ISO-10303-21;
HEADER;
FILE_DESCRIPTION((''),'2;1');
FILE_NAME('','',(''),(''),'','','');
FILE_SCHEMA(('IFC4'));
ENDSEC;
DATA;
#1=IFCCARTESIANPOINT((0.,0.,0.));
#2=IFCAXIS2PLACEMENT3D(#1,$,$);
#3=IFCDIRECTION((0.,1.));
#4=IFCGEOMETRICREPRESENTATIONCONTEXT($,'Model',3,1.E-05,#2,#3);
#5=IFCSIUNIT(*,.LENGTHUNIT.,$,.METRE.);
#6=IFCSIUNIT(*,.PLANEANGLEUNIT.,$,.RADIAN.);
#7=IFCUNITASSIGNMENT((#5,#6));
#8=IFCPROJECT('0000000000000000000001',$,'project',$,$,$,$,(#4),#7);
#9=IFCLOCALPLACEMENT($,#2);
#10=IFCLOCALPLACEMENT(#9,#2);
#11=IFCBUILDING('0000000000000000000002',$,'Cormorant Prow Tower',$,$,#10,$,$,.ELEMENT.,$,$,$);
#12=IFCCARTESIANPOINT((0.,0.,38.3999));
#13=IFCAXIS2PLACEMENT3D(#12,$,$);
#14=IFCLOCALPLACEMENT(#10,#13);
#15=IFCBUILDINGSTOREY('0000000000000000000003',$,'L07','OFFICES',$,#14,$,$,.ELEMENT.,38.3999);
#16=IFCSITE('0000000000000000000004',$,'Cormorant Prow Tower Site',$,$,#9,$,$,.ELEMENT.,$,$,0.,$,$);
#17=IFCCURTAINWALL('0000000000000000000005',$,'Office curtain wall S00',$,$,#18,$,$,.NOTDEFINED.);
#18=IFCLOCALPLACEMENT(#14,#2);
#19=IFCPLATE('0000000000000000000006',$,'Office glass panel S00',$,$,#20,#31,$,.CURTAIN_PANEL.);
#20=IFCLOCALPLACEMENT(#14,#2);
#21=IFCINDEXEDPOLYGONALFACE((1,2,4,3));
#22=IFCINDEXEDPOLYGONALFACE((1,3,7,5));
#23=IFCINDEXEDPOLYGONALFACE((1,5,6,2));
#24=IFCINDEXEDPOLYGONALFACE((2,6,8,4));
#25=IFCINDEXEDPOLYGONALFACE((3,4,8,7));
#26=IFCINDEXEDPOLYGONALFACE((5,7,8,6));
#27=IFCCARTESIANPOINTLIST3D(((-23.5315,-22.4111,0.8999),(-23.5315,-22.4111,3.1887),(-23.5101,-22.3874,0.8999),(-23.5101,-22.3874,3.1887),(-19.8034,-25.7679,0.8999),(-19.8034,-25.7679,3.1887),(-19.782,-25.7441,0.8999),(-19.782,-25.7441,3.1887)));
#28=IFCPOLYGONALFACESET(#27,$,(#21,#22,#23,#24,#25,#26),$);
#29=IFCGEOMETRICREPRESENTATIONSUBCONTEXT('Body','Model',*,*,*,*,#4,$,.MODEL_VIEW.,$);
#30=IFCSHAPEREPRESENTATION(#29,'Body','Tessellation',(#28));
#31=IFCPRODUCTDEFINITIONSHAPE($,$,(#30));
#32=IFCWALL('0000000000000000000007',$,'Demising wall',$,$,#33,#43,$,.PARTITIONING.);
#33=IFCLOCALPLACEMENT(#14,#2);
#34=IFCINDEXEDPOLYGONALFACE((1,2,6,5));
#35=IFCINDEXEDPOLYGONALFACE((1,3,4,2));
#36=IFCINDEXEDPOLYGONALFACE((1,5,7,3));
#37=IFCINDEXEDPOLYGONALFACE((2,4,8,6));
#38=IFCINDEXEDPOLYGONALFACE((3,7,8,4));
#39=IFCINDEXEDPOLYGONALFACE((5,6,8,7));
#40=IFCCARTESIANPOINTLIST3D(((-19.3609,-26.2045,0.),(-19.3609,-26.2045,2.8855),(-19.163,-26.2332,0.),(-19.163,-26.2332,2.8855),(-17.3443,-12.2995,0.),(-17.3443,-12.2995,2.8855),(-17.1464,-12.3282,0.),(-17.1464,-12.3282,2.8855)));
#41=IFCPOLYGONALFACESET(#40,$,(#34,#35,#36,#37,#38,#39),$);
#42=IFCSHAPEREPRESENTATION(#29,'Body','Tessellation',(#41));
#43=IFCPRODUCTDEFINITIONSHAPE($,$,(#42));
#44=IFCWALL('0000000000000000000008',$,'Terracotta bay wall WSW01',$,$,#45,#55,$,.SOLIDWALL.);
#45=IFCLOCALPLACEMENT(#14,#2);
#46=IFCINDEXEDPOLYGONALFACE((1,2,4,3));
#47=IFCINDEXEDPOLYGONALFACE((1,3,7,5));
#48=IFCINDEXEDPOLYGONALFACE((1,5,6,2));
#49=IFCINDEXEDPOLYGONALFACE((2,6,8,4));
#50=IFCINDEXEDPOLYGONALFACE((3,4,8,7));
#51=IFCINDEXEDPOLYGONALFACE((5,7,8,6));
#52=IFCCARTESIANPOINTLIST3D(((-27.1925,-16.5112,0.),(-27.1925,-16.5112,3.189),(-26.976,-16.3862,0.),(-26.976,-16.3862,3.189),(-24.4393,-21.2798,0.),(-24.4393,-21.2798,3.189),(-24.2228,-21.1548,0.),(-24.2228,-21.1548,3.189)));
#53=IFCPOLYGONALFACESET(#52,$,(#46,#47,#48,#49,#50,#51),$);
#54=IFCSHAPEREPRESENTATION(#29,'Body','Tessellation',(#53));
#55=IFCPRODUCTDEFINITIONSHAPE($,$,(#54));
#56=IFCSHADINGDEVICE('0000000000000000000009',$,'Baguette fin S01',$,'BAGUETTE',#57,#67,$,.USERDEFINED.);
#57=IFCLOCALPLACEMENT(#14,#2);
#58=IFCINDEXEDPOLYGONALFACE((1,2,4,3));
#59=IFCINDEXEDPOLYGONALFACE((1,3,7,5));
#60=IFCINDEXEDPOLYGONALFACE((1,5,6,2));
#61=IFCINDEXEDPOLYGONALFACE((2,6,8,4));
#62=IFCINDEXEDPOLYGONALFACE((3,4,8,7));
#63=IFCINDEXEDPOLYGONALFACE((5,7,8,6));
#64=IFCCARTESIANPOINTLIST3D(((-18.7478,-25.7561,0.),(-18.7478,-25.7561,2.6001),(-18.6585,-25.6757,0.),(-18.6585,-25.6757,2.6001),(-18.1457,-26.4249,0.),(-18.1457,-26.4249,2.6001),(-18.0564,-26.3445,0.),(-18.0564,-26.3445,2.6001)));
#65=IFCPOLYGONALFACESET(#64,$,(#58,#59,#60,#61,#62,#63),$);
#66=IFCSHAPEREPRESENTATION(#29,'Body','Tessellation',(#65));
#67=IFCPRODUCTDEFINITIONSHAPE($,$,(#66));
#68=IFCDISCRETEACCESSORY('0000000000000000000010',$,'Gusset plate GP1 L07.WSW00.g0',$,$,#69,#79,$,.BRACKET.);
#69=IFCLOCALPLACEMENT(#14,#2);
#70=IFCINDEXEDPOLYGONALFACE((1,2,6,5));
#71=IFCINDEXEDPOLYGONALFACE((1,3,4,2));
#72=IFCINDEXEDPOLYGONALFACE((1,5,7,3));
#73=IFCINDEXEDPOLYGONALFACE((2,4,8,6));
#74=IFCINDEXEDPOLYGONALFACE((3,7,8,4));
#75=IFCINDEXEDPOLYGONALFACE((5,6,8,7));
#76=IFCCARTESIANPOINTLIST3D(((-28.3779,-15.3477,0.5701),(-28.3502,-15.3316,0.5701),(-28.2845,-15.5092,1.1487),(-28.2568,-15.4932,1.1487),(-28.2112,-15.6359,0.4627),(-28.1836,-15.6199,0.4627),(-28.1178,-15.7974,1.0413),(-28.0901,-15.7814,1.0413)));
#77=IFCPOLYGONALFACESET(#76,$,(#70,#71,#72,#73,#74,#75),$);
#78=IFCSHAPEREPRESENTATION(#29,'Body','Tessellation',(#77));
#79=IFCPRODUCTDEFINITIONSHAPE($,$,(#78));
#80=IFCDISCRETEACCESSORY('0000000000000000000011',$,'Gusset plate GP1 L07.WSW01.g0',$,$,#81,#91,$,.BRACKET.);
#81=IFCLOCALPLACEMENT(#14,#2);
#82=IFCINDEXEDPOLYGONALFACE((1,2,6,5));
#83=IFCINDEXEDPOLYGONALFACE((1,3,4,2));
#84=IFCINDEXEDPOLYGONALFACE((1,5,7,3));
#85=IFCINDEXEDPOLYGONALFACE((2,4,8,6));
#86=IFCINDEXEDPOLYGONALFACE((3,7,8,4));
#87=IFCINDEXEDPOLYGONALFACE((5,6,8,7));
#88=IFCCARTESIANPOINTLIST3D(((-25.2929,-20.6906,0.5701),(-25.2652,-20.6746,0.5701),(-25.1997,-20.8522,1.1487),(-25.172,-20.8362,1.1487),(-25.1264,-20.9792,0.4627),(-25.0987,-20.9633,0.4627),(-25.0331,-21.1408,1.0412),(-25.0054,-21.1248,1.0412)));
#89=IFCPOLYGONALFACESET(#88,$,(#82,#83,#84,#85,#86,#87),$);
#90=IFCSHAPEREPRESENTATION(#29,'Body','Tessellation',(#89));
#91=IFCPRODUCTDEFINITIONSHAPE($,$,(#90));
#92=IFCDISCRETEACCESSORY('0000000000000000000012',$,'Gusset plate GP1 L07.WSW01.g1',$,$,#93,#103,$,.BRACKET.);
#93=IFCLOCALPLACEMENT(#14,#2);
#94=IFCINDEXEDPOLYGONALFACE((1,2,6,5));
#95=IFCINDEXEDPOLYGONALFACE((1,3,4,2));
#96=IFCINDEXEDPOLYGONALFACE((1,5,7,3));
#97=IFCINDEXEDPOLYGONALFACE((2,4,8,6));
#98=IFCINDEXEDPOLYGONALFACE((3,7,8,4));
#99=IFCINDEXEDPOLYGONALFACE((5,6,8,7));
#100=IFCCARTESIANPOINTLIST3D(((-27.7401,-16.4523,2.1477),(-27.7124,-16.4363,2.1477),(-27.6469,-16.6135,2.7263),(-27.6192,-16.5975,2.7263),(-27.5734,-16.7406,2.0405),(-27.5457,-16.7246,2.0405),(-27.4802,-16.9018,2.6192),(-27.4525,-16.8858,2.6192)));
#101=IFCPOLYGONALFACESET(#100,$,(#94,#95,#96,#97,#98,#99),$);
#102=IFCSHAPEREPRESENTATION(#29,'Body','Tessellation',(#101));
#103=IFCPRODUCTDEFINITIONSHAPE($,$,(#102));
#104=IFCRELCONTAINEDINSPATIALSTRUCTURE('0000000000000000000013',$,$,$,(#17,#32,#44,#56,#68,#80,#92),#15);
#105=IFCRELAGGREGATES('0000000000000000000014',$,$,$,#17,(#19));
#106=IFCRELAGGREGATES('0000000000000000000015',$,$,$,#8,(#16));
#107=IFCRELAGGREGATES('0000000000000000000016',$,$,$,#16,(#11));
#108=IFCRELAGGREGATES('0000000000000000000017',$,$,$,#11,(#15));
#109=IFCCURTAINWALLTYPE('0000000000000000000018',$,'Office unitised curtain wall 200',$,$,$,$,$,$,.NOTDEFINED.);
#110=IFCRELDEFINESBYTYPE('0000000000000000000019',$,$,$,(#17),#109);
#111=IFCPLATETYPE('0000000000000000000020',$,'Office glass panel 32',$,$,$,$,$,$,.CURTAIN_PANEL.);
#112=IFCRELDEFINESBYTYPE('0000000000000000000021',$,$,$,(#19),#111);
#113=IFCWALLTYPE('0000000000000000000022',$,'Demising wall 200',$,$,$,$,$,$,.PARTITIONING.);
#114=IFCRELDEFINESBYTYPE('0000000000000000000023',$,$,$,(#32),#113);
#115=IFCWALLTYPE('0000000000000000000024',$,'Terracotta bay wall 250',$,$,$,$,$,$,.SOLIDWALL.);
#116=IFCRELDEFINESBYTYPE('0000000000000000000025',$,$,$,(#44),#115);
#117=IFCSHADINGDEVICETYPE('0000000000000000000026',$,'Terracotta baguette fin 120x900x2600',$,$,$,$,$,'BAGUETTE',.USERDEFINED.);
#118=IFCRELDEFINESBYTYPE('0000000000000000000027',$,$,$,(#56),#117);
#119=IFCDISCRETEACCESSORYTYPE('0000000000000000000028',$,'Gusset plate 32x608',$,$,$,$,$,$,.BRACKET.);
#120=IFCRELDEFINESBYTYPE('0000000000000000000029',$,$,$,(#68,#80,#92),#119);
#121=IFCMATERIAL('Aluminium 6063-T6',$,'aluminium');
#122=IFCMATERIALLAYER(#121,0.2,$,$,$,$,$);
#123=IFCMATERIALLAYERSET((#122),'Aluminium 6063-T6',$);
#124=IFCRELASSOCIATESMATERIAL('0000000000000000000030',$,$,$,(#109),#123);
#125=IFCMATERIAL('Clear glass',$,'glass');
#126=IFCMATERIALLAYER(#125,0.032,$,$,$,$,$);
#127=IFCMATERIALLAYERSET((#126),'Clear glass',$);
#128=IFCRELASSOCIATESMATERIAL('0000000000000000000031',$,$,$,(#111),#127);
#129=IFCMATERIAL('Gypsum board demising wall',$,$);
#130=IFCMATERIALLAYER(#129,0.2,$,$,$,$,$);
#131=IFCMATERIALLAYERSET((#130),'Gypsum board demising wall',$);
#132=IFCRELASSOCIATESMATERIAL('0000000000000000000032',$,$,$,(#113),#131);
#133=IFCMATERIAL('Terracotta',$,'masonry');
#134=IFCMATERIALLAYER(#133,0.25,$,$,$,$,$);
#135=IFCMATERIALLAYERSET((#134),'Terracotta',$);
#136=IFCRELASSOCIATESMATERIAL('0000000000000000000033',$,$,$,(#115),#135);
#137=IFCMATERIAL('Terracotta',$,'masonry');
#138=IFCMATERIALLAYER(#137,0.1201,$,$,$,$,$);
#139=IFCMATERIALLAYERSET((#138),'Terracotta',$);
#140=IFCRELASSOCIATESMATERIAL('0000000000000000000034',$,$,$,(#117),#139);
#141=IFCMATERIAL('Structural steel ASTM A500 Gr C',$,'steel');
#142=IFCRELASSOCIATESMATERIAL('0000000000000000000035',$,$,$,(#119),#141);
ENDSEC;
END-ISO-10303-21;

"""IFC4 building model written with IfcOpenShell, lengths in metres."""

from ifc_helpers import new_model, si_unit, direction, frame, frame_2d, origin, origin_2d, place, context, subcontext, project, spatial, rectangle, extrude, material, layer, layer_set, material_profile, profile_set, type_object, element, aggregate, save


model = new_model("IFC4")

# Units and contexts
model_context = context("Model", 3, precision=1e-05, world=origin(), true_north=direction((0.0, 1.0)))
body_context = subcontext(model_context, "Body", "Model", "MODEL_VIEW")
ifc_project = project(units=[si_unit("LENGTHUNIT", "METRE"), si_unit("PLANEANGLEUNIT", "RADIAN")], contexts=[model_context])

# Site, building, storey
site_placement = place(None, origin())
site = spatial("IfcSite", under=ifc_project, at=site_placement, Name="Cormorant Prow Tower Site", CompositionType="ELEMENT", RefElevation=0.0)
building_placement = place(site_placement, origin())
building = spatial("IfcBuilding", under=site, at=building_placement, Name="Cormorant Prow Tower", CompositionType="ELEMENT")
storey_placement = place(building_placement, frame((0.0, 0.0, 38.3999)))
storey = spatial("IfcBuildingStorey", under=building, at=storey_placement, Name="L07", Description="OFFICES", CompositionType="ELEMENT", Elevation=38.3999)

# Curtain wall
ifc_material_1 = material(Name="Aluminium 6063-T6", Category="aluminium")
ifc_layer_1 = layer(ifc_material_1, 0.2)
ifc_layer_set_1 = layer_set([ifc_layer_1], Name="Aluminium 6063-T6")
curtain_wall_type = type_object("IfcCurtainWallType", Name="Office unitised curtain wall 200", PredefinedType="NOTDEFINED", material=ifc_layer_set_1)
curtain_wall_placement = place(storey_placement, origin())
curtain_wall = element("IfcCurtainWall", 1, at=curtain_wall_placement, inside=storey, type_object=curtain_wall_type, Name="Office curtain wall S00", PredefinedType="NOTDEFINED")

# Plate
ifc_material_2 = material(Name="Clear glass", Category="glass")
ifc_layer_2 = layer(ifc_material_2, 0.032)
ifc_layer_set_2 = layer_set([ifc_layer_2], Name="Clear glass")
plate_type = type_object("IfcPlateType", Name="Office glass panel 32", PredefinedType="CURTAIN_PANEL", material=ifc_layer_set_2)
plate_placement = place(storey_placement, frame((-21.6567, -24.0776, 0.8999), z_axis=(0.0, 0.0, 1.0), x_axis=(0.743145, -0.669131, 0.0)))
plate = element("IfcPlate", 2, at=plate_placement, type_object=plate_type, Name="Office glass panel S00", PredefinedType="CURTAIN_PANEL", context=body_context, shape_type="SweptSolid", body=[
    extrude(rectangle(XDim=5.0166, YDim=0.032, at=origin_2d()), origin(), (0.0, 0.0, 1.0), 2.2888),
])
aggregate(curtain_wall, [plate])

# Walls
ifc_material_3 = material(Name="Gypsum board demising wall")
ifc_layer_3 = layer(ifc_material_3, 0.2)
ifc_layer_set_3 = layer_set([ifc_layer_3], Name="Gypsum board demising wall")
wall_type_1 = type_object("IfcWallType", Name="Demising wall 200", PredefinedType="PARTITIONING", material=ifc_layer_set_3)
wall_1_placement = place(storey_placement, frame((-19.262, -26.219, 0.0), z_axis=(0.0, 0.0, 1.0), x_axis=(0.143525, 0.989647, 0.0)))
element("IfcWall", 3, at=wall_1_placement, inside=storey, type_object=wall_type_1, Name="Demising wall", PredefinedType="PARTITIONING", context=body_context, shape_type="SweptSolid", body=[
    extrude(rectangle(XDim=14.0505, YDim=0.2, at=frame_2d((7.0254, 0.0))), origin(), (0.0, 0.0, 1.0), 2.8855),
])
ifc_material_4 = material(Name="Terracotta", Category="masonry")
ifc_layer_4 = layer(ifc_material_4, 0.25)
ifc_layer_set_4 = layer_set([ifc_layer_4], Name="Terracotta")
wall_type_2 = type_object("IfcWallType", Name="Terracotta bay wall 250", PredefinedType="SOLIDWALL", material=ifc_layer_set_4)
wall_2_placement = place(storey_placement, frame((-27.0842, -16.4487, 0.0), z_axis=(0.0, 0.0, 1.0), x_axis=(0.500006, -0.866022, 0.0)))
element("IfcWall", 4, at=wall_2_placement, inside=storey, type_object=wall_type_2, Name="Terracotta bay wall WSW01", PredefinedType="SOLIDWALL", context=body_context, shape_type="SweptSolid", body=[
    extrude(rectangle(XDim=5.5063, YDim=0.25, at=frame_2d((2.7532, 0.0))), origin(), (0.0, 0.0, 1.0), 3.189),
])

# Shading device
ifc_material_5 = material(Name="Terracotta", Category="masonry")
ifc_layer_5 = layer(ifc_material_5, 0.1201)
ifc_layer_set_5 = layer_set([ifc_layer_5], Name="Terracotta")
shading_device_type = type_object("IfcShadingDeviceType", Name="Terracotta baguette fin 120x900x2600", ElementType="BAGUETTE", PredefinedType="USERDEFINED", material=ifc_layer_set_5)
shading_device_placement = place(storey_placement, frame((-18.4021, -26.0503, 0.0), z_axis=(0.0, 0.0, 1.0), x_axis=(0.743145, 0.669131, 0.0)))
element("IfcShadingDevice", 5, at=shading_device_placement, inside=storey, type_object=shading_device_type, Name="Baguette fin S01", ObjectType="BAGUETTE", PredefinedType="USERDEFINED", context=body_context, shape_type="SweptSolid", body=[
    extrude(rectangle(XDim=0.1201, YDim=0.8999, at=origin_2d()), origin(), (0.0, 0.0, 1.0), 2.6001),
])

# Discrete accessories
ifc_material_6 = material(Name="Structural steel ASTM A500 Gr C", Category="steel")
ifc_material_profile_1 = material_profile(ifc_material_6, rectangle(XDim=0.032, YDim=0.6079, at=origin_2d()), Name="Gusset plate 32x608")
ifc_profile_set_1 = profile_set([ifc_material_profile_1], Name="Structural steel ASTM A500 Gr C")
discrete_accessory_type = type_object("IfcDiscreteAccessoryType", Name="Gusset plate 32x608", PredefinedType="BRACKET", material=ifc_profile_set_1)
discrete_accessory_1_placement = place(storey_placement, frame((-28.3174, -15.4204, 0.8594), z_axis=(0.476465, -0.823872, -0.306946), x_axis=(0.86566, 0.500632, 0.0)))
element("IfcDiscreteAccessory", 6, at=discrete_accessory_1_placement, inside=storey, type_object=discrete_accessory_type, Name="Gusset plate GP1 L07.WSW00.g0", PredefinedType="BRACKET", context=body_context, shape_type="SweptSolid", body=[
    extrude(rectangle(XDim=0.032, YDim=0.6079, at=origin_2d()), origin(), (0.0, 0.0, 1.0), 0.3499),
])
discrete_accessory_2_placement = place(storey_placement, frame((-25.2324, -20.7634, 0.8594), z_axis=(0.475652, -0.82437, -0.306872), x_axis=(0.866161, 0.499765, 0.0)))
element("IfcDiscreteAccessory", 7, at=discrete_accessory_2_placement, inside=storey, type_object=discrete_accessory_type, Name="Gusset plate GP1 L07.WSW01.g0", PredefinedType="BRACKET", context=body_context, shape_type="SweptSolid", body=[
    extrude(rectangle(XDim=0.032, YDim=0.6079, at=origin_2d()), origin(), (0.0, 0.0, 1.0), 0.3501),
])
discrete_accessory_3_placement = place(storey_placement, frame((-27.5129, -16.8132, 2.3298), z_axis=(-0.476567, 0.824048, 0.306314), x_axis=(-0.86566, -0.500632, 0.0)))
element("IfcDiscreteAccessory", 8, at=discrete_accessory_3_placement, inside=storey, type_object=discrete_accessory_type, Name="Gusset plate GP1 L07.WSW01.g1", PredefinedType="BRACKET", context=body_context, shape_type="SweptSolid", body=[
    extrude(rectangle(XDim=0.032, YDim=0.6079, at=origin_2d()), origin(), (0.0, 0.0, 1.0), 0.3499),
])

save(model, "model.ifc")
